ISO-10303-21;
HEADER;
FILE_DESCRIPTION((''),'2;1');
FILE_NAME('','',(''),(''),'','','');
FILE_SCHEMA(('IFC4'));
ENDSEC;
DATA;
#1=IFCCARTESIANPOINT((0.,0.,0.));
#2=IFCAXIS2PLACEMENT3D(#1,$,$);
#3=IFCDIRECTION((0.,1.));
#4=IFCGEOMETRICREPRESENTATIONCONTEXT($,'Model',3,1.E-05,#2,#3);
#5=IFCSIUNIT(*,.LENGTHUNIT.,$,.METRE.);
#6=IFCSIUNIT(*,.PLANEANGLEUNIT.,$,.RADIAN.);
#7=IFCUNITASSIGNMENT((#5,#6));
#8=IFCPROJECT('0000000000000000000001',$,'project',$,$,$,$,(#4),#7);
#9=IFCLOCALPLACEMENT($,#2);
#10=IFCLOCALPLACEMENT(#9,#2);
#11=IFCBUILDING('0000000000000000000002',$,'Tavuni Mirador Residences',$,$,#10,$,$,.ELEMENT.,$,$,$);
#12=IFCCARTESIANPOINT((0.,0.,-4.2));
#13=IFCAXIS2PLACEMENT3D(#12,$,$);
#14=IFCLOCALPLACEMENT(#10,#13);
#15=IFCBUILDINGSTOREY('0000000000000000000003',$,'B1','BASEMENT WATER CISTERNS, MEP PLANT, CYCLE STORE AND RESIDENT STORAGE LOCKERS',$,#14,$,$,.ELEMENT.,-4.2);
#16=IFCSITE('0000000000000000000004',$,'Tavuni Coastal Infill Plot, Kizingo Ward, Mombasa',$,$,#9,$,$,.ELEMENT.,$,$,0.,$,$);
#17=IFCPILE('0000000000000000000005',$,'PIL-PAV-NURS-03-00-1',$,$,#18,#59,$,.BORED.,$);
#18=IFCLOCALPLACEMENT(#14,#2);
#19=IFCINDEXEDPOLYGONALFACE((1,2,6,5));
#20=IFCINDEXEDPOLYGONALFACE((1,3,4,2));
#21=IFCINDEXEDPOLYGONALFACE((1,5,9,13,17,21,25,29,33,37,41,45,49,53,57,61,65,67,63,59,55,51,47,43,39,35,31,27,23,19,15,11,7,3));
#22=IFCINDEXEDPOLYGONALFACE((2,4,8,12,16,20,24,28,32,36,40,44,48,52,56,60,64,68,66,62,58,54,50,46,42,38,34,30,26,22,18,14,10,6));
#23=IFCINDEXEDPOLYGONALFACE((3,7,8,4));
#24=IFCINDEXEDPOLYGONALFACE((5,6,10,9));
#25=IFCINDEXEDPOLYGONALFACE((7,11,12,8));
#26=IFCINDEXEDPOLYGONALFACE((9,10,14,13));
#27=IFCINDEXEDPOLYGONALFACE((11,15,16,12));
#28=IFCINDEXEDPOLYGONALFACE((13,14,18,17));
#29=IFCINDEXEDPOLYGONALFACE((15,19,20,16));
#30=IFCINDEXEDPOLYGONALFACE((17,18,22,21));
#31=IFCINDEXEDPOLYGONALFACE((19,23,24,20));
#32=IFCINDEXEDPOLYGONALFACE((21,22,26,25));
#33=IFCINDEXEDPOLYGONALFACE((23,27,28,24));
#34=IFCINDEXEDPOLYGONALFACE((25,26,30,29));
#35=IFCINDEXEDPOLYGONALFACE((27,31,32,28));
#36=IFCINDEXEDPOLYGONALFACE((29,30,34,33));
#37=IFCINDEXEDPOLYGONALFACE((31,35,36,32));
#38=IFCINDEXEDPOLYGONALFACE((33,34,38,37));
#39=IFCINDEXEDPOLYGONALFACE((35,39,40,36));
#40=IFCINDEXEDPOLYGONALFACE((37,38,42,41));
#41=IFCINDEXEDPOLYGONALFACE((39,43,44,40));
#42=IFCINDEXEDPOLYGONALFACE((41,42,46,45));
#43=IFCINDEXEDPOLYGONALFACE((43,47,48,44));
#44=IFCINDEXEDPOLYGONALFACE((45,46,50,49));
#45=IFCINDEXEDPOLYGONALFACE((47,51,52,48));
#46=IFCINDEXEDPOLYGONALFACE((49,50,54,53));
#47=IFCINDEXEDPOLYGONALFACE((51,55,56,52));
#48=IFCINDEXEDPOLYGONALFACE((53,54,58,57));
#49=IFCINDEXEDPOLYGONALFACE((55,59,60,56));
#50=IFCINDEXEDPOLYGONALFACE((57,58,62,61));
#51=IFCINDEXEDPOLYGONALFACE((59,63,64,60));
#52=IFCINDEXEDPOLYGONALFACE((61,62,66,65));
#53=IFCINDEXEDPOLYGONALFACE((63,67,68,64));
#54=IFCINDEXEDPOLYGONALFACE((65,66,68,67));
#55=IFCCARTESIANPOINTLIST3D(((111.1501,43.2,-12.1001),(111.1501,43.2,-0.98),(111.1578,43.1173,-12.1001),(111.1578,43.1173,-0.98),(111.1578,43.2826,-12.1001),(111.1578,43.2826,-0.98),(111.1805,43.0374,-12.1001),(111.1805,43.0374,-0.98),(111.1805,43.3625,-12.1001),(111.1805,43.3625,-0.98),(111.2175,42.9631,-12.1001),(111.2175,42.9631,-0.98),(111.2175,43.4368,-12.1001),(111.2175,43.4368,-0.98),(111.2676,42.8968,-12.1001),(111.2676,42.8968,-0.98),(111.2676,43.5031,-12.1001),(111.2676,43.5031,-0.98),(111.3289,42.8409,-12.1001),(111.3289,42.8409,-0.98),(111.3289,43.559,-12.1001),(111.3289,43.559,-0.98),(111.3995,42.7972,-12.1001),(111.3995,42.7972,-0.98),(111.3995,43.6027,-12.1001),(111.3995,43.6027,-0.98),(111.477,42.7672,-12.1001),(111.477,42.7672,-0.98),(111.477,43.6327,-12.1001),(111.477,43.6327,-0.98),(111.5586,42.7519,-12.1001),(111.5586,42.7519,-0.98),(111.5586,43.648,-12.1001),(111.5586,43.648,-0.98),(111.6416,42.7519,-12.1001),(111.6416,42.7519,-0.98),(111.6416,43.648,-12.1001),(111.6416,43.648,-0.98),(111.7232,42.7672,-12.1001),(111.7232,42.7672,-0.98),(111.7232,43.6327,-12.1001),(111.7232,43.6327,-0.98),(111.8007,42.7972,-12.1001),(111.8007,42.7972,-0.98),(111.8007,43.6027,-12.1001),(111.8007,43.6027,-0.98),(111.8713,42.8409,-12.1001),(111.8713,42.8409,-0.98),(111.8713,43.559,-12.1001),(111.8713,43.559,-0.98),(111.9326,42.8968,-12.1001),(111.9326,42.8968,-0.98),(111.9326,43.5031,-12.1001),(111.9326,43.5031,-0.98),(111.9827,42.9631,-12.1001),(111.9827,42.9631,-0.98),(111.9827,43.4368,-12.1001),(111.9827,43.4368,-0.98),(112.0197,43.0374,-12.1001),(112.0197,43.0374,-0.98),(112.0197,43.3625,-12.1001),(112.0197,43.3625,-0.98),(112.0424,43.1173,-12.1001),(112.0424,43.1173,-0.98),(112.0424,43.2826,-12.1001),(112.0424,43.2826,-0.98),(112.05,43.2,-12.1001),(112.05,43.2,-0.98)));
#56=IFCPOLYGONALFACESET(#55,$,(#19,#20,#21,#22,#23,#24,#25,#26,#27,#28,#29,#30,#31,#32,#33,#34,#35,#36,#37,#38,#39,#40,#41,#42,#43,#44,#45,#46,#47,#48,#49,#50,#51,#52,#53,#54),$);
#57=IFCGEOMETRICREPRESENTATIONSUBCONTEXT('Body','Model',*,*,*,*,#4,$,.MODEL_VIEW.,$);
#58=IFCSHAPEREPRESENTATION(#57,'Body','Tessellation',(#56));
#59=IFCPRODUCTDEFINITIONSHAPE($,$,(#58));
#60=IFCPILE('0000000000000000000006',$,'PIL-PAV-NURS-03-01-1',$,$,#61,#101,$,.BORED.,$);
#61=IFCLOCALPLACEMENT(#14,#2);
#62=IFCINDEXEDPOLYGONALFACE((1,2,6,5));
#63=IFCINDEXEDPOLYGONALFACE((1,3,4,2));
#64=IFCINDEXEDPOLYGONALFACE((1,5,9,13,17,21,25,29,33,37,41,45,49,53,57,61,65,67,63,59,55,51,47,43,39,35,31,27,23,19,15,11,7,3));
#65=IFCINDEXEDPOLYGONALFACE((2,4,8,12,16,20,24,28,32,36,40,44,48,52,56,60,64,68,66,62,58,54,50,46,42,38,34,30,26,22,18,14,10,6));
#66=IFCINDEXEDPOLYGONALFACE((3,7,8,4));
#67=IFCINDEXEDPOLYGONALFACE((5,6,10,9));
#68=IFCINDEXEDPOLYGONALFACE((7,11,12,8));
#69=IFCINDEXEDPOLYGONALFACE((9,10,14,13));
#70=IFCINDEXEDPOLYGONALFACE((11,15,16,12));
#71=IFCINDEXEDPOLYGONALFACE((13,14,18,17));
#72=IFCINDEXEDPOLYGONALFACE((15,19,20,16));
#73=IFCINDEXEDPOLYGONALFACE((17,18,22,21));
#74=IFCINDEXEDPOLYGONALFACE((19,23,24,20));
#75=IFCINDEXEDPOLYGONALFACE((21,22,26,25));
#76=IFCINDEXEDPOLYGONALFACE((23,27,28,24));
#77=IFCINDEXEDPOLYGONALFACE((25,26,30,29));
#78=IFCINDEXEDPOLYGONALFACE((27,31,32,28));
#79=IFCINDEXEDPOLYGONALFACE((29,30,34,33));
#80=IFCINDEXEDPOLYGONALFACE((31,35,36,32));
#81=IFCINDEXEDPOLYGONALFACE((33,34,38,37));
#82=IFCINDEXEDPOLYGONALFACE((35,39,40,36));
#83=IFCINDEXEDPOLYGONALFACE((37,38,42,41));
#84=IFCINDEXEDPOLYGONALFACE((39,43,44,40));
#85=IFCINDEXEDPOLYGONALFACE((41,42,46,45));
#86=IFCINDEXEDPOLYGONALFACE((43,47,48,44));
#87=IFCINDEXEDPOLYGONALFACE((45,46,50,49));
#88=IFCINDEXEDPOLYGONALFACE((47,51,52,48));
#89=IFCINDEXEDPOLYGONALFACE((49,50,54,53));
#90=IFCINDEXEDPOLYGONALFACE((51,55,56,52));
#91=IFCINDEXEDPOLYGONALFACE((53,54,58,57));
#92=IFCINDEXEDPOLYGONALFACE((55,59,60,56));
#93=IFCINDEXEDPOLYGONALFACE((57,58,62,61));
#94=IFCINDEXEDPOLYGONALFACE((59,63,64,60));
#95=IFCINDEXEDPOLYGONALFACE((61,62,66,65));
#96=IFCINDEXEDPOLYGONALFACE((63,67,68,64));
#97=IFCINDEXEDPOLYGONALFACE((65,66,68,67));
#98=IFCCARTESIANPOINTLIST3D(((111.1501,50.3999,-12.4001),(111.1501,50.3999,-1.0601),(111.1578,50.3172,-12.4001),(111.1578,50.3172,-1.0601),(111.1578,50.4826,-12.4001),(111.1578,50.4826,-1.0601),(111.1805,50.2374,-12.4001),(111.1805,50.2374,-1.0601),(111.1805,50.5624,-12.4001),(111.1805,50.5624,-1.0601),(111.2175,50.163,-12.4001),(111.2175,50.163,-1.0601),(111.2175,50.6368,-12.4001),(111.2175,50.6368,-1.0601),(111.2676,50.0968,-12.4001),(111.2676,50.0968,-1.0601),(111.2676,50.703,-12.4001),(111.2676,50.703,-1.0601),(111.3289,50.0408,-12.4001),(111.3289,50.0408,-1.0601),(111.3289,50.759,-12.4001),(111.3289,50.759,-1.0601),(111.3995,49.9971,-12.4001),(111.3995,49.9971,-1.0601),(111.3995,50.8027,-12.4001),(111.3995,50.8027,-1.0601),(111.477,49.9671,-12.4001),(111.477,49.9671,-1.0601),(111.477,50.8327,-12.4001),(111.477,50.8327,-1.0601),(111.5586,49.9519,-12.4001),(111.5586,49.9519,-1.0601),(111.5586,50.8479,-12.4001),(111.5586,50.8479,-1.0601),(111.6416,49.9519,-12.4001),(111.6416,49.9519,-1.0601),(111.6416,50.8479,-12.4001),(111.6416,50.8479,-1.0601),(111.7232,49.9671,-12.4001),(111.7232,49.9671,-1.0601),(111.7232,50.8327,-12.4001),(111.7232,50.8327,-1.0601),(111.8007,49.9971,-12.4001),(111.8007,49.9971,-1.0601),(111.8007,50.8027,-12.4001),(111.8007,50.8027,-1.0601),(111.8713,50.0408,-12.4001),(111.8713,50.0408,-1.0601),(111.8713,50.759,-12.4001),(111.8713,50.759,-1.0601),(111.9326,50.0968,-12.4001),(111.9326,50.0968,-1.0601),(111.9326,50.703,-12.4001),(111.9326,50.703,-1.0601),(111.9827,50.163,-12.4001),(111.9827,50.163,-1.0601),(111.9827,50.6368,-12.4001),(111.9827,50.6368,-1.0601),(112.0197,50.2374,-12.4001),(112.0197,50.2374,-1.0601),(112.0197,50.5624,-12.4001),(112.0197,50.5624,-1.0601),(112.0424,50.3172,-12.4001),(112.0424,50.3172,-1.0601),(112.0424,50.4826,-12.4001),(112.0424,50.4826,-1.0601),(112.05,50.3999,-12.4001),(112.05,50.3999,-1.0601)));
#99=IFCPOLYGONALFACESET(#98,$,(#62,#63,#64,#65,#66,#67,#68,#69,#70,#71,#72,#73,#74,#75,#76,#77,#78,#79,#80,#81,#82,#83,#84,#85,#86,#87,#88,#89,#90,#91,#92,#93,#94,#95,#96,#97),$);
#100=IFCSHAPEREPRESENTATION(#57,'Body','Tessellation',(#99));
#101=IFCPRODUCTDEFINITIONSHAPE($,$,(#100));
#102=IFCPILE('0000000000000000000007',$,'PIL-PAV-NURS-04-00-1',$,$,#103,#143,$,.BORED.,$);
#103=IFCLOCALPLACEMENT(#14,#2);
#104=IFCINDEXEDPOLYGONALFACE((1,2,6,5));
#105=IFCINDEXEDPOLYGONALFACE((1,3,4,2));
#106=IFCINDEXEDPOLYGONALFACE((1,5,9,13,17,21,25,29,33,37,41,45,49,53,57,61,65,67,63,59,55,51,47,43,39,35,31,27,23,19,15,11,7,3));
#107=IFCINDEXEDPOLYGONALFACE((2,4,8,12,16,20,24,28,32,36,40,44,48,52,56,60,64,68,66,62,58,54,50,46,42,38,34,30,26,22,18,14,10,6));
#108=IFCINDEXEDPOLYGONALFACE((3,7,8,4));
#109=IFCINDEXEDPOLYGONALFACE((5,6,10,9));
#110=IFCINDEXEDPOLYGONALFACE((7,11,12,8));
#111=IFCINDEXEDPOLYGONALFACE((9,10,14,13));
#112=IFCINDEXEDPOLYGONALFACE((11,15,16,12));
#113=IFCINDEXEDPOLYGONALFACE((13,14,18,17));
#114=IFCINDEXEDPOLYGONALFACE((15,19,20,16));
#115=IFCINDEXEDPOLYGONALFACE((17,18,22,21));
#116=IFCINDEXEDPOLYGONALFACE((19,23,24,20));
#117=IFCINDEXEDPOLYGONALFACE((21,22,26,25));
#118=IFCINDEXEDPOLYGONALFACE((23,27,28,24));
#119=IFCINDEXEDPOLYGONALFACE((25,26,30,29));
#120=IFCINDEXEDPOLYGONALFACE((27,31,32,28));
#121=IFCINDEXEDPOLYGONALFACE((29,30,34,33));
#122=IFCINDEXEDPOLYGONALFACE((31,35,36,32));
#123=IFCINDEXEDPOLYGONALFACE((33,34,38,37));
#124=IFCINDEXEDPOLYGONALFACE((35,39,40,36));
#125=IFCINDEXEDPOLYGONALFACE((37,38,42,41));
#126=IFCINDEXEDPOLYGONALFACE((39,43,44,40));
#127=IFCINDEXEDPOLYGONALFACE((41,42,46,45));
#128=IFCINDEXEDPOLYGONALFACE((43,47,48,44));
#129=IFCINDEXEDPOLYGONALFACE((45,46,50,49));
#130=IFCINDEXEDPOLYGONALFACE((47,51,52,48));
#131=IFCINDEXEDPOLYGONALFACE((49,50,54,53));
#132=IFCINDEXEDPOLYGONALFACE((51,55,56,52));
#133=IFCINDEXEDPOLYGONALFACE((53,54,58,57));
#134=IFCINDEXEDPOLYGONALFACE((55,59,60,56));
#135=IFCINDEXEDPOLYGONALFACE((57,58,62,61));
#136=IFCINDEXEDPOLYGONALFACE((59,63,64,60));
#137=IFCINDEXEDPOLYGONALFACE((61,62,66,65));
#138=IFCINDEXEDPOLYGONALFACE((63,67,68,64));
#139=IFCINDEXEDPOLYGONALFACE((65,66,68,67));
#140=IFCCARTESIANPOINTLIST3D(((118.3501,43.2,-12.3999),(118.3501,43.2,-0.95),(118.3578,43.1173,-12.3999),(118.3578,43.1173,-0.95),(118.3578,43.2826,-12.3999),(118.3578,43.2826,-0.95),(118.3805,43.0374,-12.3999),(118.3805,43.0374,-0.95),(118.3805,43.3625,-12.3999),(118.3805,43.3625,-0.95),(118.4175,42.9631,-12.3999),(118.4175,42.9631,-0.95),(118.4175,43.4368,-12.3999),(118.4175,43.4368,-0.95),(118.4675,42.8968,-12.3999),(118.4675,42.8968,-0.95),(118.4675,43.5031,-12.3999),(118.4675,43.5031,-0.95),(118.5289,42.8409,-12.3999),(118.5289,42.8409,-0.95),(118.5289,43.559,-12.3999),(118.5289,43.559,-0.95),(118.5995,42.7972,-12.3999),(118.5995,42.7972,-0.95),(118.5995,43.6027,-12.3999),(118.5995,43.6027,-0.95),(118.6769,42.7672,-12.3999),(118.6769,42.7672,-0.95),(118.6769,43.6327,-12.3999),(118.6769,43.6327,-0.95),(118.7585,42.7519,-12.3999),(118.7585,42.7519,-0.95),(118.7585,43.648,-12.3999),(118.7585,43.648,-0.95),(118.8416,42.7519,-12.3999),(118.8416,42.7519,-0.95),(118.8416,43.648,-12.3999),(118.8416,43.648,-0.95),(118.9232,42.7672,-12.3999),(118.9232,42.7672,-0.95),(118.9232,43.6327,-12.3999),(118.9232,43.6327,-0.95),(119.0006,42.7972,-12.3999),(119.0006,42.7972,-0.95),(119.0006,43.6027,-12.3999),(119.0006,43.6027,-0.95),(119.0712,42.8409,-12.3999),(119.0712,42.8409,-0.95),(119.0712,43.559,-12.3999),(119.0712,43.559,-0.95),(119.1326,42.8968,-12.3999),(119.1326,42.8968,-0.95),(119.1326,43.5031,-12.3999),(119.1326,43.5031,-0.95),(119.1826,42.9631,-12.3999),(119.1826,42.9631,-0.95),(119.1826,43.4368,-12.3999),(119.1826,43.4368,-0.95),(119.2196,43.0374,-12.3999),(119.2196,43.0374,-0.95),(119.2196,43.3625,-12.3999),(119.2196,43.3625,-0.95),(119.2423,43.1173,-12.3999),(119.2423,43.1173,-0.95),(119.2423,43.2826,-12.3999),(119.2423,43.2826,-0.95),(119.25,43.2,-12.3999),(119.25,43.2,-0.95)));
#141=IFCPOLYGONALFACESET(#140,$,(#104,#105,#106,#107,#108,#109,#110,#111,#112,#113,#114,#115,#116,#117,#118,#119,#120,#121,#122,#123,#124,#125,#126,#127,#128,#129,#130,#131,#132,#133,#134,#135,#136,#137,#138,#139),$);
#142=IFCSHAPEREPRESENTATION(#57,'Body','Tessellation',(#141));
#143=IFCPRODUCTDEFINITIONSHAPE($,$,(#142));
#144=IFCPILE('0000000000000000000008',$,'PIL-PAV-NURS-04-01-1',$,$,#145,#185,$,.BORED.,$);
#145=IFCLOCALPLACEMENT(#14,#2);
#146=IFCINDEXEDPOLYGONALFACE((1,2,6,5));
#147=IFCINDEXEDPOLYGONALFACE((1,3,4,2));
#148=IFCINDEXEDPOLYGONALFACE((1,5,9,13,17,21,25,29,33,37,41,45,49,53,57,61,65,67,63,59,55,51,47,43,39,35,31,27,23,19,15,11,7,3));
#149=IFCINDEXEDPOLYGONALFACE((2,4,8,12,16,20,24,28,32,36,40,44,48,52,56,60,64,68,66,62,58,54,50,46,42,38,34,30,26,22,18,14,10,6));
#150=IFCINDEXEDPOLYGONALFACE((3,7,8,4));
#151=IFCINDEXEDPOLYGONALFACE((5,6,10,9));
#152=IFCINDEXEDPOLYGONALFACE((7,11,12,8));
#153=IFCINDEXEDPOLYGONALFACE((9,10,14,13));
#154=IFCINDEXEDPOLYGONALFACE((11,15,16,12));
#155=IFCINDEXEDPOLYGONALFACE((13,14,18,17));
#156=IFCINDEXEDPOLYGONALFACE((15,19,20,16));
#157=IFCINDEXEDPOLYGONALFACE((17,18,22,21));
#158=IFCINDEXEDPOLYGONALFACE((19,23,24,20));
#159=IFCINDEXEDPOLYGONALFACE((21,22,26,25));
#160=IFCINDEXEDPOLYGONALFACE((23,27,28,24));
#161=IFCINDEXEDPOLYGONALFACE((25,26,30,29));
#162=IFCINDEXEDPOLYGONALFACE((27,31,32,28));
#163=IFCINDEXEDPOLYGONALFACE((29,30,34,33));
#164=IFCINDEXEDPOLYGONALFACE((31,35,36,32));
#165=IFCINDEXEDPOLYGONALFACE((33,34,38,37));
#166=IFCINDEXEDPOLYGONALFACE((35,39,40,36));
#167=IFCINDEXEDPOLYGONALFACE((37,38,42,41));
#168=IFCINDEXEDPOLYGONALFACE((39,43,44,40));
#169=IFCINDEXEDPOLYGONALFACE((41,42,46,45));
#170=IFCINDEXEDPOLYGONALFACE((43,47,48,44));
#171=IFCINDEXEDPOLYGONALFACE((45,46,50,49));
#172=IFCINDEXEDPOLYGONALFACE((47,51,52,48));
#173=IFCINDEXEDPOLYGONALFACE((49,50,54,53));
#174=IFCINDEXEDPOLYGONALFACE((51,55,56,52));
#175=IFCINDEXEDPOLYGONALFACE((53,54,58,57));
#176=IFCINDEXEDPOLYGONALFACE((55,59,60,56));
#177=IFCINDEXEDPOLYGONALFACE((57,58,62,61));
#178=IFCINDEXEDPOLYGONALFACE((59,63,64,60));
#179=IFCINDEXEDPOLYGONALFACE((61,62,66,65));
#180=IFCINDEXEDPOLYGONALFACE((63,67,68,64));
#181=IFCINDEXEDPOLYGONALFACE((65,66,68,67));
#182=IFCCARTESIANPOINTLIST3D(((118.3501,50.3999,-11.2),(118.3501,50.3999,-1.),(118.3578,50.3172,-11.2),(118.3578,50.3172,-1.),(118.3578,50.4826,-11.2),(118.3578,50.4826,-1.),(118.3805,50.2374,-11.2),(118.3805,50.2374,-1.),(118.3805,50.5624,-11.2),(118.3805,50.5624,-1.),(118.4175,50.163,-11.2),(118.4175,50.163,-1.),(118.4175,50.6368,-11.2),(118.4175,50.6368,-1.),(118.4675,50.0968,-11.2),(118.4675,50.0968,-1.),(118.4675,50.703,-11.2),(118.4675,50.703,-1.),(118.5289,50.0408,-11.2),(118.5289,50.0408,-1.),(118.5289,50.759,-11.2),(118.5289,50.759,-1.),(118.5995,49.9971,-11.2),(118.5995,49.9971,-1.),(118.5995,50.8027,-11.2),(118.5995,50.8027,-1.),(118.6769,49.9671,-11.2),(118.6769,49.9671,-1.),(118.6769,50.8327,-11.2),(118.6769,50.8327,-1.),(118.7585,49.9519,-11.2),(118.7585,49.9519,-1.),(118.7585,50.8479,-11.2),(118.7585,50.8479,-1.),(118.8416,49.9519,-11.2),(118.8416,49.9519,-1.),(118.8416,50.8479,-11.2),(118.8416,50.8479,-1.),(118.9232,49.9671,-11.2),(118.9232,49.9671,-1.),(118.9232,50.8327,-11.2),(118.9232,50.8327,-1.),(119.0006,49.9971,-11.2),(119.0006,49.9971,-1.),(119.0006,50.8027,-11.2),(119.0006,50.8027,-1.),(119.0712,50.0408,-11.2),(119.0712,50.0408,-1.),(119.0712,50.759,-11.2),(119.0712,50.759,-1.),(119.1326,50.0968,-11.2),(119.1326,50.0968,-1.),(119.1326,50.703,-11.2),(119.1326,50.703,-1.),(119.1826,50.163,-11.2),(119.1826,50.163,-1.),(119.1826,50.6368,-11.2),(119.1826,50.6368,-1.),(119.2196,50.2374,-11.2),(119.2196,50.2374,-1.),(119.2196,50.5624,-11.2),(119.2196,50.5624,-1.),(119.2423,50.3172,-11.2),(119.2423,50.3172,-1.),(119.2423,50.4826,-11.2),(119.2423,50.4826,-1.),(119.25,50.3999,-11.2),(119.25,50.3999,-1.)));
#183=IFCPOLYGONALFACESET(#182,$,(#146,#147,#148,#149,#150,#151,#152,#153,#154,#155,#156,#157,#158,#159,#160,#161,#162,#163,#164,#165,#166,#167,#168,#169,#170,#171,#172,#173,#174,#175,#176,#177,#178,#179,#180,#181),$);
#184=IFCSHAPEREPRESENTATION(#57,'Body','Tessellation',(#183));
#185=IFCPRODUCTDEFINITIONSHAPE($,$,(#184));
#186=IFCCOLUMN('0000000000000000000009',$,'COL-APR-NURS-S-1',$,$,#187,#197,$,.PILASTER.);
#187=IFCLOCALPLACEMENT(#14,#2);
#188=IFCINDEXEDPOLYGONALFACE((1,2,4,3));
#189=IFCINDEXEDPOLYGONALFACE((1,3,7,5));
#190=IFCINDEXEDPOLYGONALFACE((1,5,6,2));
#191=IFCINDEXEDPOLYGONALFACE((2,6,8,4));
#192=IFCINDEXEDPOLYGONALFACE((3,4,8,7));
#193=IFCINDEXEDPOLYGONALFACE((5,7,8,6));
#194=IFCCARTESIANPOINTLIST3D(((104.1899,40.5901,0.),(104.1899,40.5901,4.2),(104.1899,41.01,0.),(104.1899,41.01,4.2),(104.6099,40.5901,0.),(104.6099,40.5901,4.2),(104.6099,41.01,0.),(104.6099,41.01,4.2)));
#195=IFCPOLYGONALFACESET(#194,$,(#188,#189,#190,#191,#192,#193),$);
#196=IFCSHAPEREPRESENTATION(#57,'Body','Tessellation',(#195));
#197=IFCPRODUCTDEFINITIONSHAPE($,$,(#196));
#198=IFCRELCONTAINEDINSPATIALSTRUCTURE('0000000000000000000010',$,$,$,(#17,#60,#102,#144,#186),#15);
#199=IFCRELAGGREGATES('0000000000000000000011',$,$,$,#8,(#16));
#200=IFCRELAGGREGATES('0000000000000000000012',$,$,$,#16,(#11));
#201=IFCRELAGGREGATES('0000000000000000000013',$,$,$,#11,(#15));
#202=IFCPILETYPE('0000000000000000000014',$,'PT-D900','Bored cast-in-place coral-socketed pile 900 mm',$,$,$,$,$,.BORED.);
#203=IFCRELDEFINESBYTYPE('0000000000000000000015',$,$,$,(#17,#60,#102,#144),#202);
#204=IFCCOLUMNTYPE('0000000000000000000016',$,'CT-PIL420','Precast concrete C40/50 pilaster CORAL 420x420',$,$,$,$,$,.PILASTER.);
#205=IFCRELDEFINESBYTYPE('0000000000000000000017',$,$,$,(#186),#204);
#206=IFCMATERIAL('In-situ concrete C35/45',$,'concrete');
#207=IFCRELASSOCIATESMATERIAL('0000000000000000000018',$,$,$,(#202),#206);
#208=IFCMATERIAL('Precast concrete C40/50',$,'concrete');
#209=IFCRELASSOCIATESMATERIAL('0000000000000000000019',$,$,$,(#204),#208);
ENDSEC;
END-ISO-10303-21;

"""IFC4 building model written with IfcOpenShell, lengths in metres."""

from ifc_helpers import new_model, si_unit, direction, frame, origin, origin_2d, place, context, subcontext, project, spatial, rectangle, circle, extrude, material, material_profile, profile_set, type_object, element, save


model = new_model("IFC4")

# Units and contexts
model_context = context("Model", 3, precision=1e-05, world=origin(), true_north=direction((0.0, 1.0)))
body_context = subcontext(model_context, "Body", "Model", "MODEL_VIEW")
ifc_project = project(units=[si_unit("LENGTHUNIT", "METRE"), si_unit("PLANEANGLEUNIT", "RADIAN")], contexts=[model_context])

# Site, building, storey
site_placement = place(None, origin())
site = spatial("IfcSite", under=ifc_project, at=site_placement, Name="Tavuni Coastal Infill Plot, Kizingo Ward, Mombasa", CompositionType="ELEMENT", RefElevation=0.0)
building_placement = place(site_placement, origin())
building = spatial("IfcBuilding", under=site, at=building_placement, Name="Tavuni Mirador Residences", CompositionType="ELEMENT")
storey_placement = place(building_placement, frame((0.0, 0.0, -4.2)))
storey = spatial("IfcBuildingStorey", under=building, at=storey_placement, Name="B1", Description="BASEMENT WATER CISTERNS, MEP PLANT, CYCLE STORE AND RESIDENT STORAGE LOCKERS", CompositionType="ELEMENT", Elevation=-4.2)

# Shared definitions
ifc_material_1 = material(Name="In-situ concrete C35/45", Category="concrete")

# Piles
ifc_material_profile_1 = material_profile(ifc_material_1, circle(Radius=0.45, at=origin_2d()), Name="PILE D900", Category="concrete")
ifc_profile_set_1 = profile_set([ifc_material_profile_1], Name="In-situ concrete C35/45")
pile_type_1 = type_object("IfcPileType", Name="PT-D900", Description="Bored cast-in-place coral-socketed pile 900 mm", PredefinedType="BORED", material=ifc_profile_set_1)
pile_1_placement = place(storey_placement, frame((111.6001, 43.2, -0.98), z_axis=(0.0, 0.0, -1.0), x_axis=(1.0, 0.0, 0.0)))
element("IfcPile", 1, at=pile_1_placement, inside=storey, type_object=pile_type_1, Name="PIL-PAV-NURS-03-00-1", PredefinedType="BORED", context=body_context, shape_type="SweptSolid", body=[
    extrude(circle(Radius=0.45, at=origin_2d()), origin(), (0.0, 0.0, 1.0), 11.1201),
])
pile_2_placement = place(storey_placement, frame((111.6001, 50.3999, -1.0601), z_axis=(0.0, 0.0, -1.0), x_axis=(1.0, 0.0, 0.0)))
element("IfcPile", 2, at=pile_2_placement, inside=storey, type_object=pile_type_1, Name="PIL-PAV-NURS-03-01-1", PredefinedType="BORED", context=body_context, shape_type="SweptSolid", body=[
    extrude(circle(Radius=0.45, at=origin_2d()), origin(), (0.0, 0.0, 1.0), 11.3401),
])
pile_3_placement = place(storey_placement, frame((118.8, 43.2, -0.95), z_axis=(0.0, 0.0, -1.0), x_axis=(1.0, 0.0, 0.0)))
element("IfcPile", 3, at=pile_3_placement, inside=storey, type_object=pile_type_1, Name="PIL-PAV-NURS-04-00-1", PredefinedType="BORED", context=body_context, shape_type="SweptSolid", body=[
    extrude(circle(Radius=0.45, at=origin_2d()), origin(), (0.0, 0.0, 1.0), 11.45),
])
pile_4_placement = place(storey_placement, frame((118.8, 50.3999, -1.0), z_axis=(0.0, 0.0, -1.0), x_axis=(1.0, 0.0, 0.0)))
element("IfcPile", 4, at=pile_4_placement, inside=storey, type_object=pile_type_1, Name="PIL-PAV-NURS-04-01-1", PredefinedType="BORED", context=body_context, shape_type="SweptSolid", body=[
    extrude(circle(Radius=0.45, at=origin_2d()), origin(), (0.0, 0.0, 1.0), 10.2),
])

# Column
ifc_material_2 = material(Name="Precast concrete C40/50", Category="concrete")
ifc_material_profile_2 = material_profile(ifc_material_2, rectangle(XDim=0.4199, YDim=0.4199, at=origin_2d()), Name="CORAL 420x420", Category="concrete")
ifc_profile_set_2 = profile_set([ifc_material_profile_2], Name="Precast concrete C40/50")
column_type_1 = type_object("IfcColumnType", Name="CT-PIL420", Description="Precast concrete C40/50 pilaster CORAL 420x420", PredefinedType="PILASTER", material=ifc_profile_set_2)
column_placement = place(storey_placement, frame((104.3999, 40.8, 0.0), z_axis=(0.0, 0.0, 1.0), x_axis=(1.0, 0.0, 0.0)))
element("IfcColumn", 5, at=column_placement, inside=storey, type_object=column_type_1, Name="COL-APR-NURS-S-1", PredefinedType="PILASTER", context=body_context, shape_type="SweptSolid", body=[
    extrude(rectangle(XDim=0.4199, YDim=0.4199, at=origin_2d()), origin(), (0.0, 0.0, 1.0), 4.2),
])

save(model, "model.ifc")
